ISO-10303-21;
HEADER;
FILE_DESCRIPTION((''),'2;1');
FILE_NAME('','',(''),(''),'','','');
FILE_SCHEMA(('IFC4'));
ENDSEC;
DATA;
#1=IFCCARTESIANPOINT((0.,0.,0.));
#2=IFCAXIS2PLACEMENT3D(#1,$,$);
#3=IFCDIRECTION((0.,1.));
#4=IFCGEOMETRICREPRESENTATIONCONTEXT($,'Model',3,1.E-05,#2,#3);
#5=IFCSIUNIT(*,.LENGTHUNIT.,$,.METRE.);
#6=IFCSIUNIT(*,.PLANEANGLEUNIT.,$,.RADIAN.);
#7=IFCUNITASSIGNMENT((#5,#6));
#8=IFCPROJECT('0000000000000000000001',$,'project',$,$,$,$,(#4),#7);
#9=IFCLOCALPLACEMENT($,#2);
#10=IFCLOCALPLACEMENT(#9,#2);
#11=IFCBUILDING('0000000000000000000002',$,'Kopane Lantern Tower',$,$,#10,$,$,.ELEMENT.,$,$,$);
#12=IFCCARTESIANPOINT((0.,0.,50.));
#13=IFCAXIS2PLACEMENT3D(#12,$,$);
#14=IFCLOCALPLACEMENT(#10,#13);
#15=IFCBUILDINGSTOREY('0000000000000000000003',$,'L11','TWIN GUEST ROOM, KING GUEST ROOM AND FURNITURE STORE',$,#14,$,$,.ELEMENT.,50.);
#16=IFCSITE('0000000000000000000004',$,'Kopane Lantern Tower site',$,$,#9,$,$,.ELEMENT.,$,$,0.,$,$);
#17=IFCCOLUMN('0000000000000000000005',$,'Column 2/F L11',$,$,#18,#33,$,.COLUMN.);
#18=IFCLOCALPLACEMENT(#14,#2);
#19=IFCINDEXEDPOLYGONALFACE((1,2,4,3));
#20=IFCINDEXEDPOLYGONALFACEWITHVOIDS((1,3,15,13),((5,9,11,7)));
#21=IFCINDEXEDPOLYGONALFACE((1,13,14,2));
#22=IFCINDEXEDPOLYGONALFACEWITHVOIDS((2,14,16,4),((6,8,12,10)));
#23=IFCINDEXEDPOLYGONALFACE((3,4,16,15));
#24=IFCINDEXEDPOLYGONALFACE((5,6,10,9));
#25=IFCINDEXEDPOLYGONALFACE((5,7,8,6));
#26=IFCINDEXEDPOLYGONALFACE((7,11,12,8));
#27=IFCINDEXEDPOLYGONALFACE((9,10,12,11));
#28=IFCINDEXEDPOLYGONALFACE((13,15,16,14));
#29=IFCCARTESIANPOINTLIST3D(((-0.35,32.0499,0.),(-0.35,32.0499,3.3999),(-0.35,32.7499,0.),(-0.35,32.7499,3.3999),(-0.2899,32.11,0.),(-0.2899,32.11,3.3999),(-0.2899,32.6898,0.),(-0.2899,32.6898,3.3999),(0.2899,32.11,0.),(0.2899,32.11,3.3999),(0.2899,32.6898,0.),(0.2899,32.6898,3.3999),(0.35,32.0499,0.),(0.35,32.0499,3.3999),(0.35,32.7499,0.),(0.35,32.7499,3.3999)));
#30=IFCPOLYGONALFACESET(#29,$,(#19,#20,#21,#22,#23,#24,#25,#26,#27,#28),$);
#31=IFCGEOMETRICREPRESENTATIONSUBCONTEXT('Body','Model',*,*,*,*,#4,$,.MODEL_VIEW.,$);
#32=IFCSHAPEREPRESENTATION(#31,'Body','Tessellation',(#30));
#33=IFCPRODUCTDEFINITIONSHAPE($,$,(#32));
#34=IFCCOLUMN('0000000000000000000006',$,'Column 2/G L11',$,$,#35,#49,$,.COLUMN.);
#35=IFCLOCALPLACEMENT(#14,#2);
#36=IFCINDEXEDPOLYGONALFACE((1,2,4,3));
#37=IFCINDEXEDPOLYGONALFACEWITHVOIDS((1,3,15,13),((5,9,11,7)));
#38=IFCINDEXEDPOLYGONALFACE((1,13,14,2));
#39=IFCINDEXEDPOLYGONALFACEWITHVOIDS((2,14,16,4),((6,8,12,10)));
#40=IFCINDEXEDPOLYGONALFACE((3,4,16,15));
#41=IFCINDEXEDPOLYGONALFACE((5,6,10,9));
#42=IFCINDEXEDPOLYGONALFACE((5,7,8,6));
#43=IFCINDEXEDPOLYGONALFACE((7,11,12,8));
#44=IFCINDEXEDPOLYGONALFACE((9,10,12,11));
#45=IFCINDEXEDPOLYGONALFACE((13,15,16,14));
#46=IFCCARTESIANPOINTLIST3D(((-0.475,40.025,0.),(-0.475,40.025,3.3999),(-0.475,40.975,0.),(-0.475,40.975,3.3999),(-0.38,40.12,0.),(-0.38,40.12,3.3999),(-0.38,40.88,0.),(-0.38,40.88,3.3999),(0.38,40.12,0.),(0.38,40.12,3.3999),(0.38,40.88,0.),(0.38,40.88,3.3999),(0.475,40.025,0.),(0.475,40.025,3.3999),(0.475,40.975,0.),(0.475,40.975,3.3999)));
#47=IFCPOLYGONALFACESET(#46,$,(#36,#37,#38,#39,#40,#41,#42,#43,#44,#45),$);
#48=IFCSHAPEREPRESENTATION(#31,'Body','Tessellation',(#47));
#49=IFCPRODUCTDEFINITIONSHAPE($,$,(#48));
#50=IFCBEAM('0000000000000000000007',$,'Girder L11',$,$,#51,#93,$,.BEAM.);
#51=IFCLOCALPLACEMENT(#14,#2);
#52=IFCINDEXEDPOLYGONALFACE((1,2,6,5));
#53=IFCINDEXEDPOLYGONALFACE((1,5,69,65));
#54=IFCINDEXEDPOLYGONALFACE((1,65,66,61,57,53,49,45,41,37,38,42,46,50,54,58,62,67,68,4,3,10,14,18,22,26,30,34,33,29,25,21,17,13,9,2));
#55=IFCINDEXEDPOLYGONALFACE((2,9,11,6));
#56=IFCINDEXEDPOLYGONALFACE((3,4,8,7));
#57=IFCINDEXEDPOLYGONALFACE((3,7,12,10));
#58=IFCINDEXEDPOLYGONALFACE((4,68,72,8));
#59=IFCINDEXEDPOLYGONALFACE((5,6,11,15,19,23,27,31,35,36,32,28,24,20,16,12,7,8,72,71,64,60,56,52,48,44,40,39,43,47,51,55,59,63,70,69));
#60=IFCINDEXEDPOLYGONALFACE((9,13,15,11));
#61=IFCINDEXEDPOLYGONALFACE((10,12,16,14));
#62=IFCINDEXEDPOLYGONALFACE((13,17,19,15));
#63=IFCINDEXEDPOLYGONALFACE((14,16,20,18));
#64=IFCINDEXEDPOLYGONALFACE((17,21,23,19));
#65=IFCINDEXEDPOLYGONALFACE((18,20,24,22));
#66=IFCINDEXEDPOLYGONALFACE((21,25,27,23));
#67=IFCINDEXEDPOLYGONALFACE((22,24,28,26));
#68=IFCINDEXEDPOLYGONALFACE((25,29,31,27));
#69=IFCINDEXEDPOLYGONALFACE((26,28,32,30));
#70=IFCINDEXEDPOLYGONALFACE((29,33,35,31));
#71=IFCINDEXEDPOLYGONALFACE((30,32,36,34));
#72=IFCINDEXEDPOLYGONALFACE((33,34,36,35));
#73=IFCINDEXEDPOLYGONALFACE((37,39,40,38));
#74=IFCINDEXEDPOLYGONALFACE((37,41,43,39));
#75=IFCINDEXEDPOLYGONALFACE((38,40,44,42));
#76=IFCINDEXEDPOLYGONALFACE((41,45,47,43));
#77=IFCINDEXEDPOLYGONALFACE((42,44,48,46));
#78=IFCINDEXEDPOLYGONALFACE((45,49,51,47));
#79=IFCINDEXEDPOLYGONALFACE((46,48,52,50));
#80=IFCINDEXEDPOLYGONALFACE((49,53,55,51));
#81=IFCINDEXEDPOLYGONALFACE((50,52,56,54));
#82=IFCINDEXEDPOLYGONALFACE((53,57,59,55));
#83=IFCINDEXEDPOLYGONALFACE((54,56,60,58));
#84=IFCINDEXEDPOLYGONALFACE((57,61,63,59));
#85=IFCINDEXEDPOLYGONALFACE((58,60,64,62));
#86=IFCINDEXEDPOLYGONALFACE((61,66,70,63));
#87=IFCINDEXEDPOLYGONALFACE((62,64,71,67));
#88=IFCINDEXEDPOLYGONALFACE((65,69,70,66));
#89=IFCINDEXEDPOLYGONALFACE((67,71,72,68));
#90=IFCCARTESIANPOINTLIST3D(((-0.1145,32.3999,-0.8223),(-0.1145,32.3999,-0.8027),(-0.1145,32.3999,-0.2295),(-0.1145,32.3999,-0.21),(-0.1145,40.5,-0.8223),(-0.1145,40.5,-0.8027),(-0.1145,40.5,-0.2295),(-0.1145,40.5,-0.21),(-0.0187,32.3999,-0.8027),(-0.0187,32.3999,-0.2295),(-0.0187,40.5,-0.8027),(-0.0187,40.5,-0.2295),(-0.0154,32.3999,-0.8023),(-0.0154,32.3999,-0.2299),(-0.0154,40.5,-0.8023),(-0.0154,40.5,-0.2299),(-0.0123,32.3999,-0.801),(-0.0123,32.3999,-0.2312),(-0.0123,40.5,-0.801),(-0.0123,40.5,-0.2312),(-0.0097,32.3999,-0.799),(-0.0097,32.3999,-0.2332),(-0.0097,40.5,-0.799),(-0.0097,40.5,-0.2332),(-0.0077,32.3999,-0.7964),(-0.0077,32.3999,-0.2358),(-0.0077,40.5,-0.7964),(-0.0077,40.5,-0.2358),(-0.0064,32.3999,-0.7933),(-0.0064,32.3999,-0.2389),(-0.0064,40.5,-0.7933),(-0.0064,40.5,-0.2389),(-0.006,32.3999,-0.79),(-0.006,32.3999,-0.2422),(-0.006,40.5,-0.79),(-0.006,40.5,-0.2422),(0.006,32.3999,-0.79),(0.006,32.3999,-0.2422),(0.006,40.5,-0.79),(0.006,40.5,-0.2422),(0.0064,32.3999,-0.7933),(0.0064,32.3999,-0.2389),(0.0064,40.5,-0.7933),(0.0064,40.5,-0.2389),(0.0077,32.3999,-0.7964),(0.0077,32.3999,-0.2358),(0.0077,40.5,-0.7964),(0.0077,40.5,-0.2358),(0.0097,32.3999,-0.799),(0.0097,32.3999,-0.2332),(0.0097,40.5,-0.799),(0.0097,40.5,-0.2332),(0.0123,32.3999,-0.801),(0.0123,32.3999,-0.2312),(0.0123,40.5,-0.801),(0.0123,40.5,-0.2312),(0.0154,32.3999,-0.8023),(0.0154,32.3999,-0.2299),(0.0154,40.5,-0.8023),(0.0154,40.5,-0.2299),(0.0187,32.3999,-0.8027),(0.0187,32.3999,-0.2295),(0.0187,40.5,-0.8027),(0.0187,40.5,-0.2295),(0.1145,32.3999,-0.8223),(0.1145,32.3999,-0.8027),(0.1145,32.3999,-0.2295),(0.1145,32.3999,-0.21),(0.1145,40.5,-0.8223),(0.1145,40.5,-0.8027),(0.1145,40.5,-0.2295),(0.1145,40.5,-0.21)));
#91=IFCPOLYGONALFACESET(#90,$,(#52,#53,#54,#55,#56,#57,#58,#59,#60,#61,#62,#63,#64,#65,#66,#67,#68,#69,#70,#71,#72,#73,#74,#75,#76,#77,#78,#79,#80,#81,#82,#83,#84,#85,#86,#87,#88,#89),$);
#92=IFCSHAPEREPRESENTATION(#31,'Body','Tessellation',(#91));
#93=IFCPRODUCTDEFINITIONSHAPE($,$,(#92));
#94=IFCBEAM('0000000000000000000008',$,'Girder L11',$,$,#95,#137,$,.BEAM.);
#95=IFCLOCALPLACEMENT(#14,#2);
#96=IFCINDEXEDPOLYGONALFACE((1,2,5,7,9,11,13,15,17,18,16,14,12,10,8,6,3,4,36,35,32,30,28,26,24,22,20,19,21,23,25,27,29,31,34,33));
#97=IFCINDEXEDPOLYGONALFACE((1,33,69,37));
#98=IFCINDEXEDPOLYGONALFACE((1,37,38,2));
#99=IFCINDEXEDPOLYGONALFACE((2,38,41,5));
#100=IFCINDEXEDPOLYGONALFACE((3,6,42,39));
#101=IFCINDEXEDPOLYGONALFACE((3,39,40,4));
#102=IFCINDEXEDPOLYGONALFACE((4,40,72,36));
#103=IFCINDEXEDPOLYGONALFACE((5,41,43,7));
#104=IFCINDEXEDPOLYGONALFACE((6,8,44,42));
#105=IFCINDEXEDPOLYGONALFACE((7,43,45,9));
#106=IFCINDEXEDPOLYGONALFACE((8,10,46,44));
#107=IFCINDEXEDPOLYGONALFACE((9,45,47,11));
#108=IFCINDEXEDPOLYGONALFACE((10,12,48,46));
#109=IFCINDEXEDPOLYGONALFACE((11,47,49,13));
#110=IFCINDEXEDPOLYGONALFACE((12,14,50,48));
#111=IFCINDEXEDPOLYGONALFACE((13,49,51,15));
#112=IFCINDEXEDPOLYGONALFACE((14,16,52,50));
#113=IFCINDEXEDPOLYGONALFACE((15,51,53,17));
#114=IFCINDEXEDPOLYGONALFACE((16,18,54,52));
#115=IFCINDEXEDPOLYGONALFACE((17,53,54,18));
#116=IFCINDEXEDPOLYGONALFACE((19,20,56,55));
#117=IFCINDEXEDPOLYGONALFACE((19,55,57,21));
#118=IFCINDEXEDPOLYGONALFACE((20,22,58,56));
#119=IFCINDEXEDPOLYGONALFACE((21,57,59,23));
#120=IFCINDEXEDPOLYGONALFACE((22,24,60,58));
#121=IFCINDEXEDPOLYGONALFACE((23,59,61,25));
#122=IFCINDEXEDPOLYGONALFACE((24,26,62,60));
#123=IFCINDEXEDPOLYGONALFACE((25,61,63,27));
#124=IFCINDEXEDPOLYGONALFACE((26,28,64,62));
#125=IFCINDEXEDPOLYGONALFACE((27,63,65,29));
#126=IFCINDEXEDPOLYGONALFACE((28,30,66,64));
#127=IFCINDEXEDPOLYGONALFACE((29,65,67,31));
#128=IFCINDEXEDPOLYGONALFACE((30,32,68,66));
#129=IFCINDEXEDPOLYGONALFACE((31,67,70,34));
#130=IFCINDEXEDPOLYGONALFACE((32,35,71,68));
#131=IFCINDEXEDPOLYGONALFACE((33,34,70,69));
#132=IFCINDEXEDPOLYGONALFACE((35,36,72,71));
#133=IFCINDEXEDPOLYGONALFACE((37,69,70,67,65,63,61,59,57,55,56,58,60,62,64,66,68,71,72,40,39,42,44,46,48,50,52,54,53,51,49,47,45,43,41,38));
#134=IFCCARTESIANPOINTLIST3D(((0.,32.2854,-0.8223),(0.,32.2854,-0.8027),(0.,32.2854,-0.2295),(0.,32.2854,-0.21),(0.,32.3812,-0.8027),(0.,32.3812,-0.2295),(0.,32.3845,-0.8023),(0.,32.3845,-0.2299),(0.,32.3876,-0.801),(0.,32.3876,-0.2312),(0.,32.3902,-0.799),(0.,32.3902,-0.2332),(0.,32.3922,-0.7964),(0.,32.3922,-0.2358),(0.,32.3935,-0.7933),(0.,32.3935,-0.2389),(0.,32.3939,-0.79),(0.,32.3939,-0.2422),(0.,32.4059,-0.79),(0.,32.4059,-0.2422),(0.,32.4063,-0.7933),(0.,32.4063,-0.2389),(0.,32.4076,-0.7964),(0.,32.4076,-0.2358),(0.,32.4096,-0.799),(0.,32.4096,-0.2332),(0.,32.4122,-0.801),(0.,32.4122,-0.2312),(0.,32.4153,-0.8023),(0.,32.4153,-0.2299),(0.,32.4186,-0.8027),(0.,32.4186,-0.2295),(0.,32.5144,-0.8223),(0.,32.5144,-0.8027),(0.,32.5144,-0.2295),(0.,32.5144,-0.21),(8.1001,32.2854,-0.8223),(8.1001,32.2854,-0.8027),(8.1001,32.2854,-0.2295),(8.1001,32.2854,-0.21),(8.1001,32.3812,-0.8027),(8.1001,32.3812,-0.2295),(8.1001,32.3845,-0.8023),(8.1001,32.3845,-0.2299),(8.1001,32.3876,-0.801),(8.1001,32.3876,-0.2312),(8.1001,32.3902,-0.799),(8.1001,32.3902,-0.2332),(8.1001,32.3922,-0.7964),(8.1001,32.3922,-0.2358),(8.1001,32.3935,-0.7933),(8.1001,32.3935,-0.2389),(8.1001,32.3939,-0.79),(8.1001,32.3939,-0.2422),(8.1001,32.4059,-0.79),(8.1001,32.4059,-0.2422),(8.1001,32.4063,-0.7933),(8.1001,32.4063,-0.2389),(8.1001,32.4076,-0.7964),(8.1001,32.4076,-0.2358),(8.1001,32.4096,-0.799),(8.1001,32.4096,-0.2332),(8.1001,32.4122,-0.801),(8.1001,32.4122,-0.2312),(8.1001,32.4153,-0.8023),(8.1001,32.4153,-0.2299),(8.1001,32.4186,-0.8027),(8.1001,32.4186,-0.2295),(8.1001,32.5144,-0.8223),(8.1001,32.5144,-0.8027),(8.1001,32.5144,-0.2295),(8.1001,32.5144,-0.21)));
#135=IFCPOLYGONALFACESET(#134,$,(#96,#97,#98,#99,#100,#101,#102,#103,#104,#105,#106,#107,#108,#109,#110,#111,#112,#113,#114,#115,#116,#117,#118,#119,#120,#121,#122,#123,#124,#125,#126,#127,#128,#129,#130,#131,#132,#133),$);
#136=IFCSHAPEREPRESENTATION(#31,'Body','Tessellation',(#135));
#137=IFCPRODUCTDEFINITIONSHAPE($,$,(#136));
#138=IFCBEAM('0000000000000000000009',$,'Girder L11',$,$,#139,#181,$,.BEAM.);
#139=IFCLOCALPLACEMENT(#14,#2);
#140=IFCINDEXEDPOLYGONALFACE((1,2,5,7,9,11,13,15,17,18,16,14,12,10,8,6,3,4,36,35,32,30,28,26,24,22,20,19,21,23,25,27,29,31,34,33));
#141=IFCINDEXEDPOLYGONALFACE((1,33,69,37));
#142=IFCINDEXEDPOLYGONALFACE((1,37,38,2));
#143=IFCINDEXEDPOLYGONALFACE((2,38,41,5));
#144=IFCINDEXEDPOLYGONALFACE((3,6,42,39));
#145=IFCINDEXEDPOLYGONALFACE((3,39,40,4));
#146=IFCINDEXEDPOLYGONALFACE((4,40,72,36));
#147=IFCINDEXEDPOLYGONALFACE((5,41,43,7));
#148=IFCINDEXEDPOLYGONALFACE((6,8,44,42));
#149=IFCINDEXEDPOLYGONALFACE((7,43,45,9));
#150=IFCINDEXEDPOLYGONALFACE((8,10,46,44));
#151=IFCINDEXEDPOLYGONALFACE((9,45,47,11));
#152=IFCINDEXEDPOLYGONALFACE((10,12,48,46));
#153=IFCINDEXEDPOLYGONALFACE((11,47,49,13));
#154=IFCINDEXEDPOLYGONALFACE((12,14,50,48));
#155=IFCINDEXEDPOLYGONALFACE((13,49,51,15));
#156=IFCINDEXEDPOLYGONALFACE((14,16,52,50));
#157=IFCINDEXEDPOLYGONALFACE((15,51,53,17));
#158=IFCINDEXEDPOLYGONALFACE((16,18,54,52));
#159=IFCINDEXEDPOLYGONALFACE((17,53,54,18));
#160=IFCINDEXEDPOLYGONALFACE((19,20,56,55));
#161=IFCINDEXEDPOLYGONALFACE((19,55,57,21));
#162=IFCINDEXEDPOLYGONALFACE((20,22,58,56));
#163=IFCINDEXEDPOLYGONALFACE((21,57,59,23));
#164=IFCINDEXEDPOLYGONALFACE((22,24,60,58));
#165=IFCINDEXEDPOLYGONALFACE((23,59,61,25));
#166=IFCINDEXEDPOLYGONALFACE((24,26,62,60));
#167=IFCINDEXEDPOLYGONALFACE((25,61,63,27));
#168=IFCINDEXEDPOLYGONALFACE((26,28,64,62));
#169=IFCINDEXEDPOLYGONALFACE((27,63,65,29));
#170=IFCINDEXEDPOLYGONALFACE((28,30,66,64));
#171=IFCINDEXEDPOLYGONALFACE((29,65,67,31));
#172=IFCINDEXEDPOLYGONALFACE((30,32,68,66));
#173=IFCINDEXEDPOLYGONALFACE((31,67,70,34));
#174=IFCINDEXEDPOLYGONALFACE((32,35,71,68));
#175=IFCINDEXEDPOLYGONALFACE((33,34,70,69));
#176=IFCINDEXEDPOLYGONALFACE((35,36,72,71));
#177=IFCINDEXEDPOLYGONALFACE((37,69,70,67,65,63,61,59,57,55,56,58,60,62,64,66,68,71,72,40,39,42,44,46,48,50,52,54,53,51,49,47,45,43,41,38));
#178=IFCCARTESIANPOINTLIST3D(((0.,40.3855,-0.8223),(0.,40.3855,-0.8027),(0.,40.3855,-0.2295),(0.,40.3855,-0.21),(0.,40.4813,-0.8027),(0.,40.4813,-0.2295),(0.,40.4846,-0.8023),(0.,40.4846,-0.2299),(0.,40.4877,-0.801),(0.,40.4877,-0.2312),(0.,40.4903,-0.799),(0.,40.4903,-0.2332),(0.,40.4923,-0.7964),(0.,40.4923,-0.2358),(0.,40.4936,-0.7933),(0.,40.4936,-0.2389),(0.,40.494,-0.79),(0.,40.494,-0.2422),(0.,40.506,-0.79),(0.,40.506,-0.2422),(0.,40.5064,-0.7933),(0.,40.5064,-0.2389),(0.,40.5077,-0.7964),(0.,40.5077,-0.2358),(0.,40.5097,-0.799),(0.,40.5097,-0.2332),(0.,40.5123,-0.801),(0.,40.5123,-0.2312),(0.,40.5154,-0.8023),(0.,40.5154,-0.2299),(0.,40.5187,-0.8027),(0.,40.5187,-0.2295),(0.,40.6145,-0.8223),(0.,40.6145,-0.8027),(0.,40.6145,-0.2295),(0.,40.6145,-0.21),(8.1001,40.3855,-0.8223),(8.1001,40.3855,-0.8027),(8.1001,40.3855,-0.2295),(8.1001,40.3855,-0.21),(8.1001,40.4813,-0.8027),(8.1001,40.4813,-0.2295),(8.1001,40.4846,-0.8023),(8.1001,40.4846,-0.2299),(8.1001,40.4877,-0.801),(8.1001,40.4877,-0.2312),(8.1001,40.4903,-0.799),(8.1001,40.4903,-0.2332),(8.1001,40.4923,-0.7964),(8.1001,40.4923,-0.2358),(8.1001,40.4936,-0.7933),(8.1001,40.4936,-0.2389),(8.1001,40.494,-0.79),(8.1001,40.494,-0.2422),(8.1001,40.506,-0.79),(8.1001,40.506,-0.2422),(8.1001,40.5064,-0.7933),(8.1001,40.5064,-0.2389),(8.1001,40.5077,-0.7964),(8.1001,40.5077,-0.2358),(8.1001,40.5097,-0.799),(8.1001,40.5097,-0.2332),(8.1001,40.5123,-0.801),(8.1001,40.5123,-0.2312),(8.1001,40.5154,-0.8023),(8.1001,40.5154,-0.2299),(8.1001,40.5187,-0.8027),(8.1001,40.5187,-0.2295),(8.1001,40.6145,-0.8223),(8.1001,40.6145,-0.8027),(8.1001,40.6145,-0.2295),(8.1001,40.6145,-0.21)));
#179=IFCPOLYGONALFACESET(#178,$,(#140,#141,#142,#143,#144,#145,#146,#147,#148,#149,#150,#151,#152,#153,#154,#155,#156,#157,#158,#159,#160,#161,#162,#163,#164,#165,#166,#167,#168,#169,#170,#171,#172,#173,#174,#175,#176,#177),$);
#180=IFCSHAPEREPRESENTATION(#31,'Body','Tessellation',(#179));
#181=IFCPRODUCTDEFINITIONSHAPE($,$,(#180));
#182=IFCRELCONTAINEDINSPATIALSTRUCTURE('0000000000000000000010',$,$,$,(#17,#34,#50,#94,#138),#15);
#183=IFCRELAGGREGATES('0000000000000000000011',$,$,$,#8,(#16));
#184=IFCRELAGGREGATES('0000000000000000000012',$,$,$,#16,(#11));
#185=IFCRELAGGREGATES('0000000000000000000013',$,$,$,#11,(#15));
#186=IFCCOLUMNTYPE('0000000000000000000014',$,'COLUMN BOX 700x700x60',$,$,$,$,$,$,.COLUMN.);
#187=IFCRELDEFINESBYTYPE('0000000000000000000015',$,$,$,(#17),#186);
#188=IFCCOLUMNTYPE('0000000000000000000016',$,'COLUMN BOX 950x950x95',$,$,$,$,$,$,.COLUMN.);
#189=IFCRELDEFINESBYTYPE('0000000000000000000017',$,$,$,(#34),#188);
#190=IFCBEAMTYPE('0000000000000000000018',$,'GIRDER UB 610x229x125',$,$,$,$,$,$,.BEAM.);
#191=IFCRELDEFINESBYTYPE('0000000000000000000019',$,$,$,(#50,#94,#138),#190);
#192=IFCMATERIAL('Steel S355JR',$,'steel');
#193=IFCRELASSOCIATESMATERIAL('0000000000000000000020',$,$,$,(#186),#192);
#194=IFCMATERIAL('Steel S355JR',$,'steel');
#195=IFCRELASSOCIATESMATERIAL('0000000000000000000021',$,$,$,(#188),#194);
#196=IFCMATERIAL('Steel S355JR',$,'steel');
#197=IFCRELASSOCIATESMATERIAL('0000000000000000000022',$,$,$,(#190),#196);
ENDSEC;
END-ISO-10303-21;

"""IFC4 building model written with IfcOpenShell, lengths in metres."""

from ifc_helpers import new_model, si_unit, direction, frame, origin, origin_2d, place, context, subcontext, project, spatial, hollow_rectangle, i_section, extrude, material, material_profile, profile_set, type_object, element, save


model = new_model("IFC4")

# Units and contexts
model_context = context("Model", 3, precision=1e-05, world=origin(), true_north=direction((0.0, 1.0)))
body_context = subcontext(model_context, "Body", "Model", "MODEL_VIEW")
ifc_project = project(units=[si_unit("LENGTHUNIT", "METRE"), si_unit("PLANEANGLEUNIT", "RADIAN")], contexts=[model_context])

# Site, building, storey
site_placement = place(None, origin())
site = spatial("IfcSite", under=ifc_project, at=site_placement, Name="Kopane Lantern Tower site", CompositionType="ELEMENT", RefElevation=0.0)
building_placement = place(site_placement, origin())
building = spatial("IfcBuilding", under=site, at=building_placement, Name="Kopane Lantern Tower", CompositionType="ELEMENT")
storey_placement = place(building_placement, frame((0.0, 0.0, 50.0)))
storey = spatial("IfcBuildingStorey", under=building, at=storey_placement, Name="L11", Description="TWIN GUEST ROOM, KING GUEST ROOM AND FURNITURE STORE", CompositionType="ELEMENT", Elevation=50.0)

# Columns
ifc_material_1 = material(Name="Steel S355JR", Category="steel")
ifc_material_profile_1 = material_profile(ifc_material_1, hollow_rectangle(XDim=0.7, YDim=0.7, WallThickness=0.0601, at=origin_2d()), Name="BOX 700x700x60")
ifc_profile_set_1 = profile_set([ifc_material_profile_1], Name="Steel S355JR")
column_type_1 = type_object("IfcColumnType", Name="COLUMN BOX 700x700x60", PredefinedType="COLUMN", material=ifc_profile_set_1)
column_1_placement = place(storey_placement, frame((0.0, 32.3999, 0.0), z_axis=(0.0, 0.0, 1.0), x_axis=(1.0, 0.0, 0.0)))
element("IfcColumn", 1, at=column_1_placement, inside=storey, type_object=column_type_1, Name="Column 2/F L11", PredefinedType="COLUMN", context=body_context, shape_type="SweptSolid", body=[
    extrude(hollow_rectangle(XDim=0.7, YDim=0.7, WallThickness=0.0601, at=origin_2d()), origin(), (0.0, 0.0, 1.0), 3.3999),
])
ifc_material_2 = material(Name="Steel S355JR", Category="steel")
ifc_material_profile_2 = material_profile(ifc_material_2, hollow_rectangle(XDim=0.95, YDim=0.95, WallThickness=0.095, at=origin_2d()), Name="BOX 950x950x95")
ifc_profile_set_2 = profile_set([ifc_material_profile_2], Name="Steel S355JR")
column_type_2 = type_object("IfcColumnType", Name="COLUMN BOX 950x950x95", PredefinedType="COLUMN", material=ifc_profile_set_2)
column_2_placement = place(storey_placement, frame((0.0, 40.5, 0.0), z_axis=(0.0, 0.0, 1.0), x_axis=(1.0, 0.0, 0.0)))
element("IfcColumn", 2, at=column_2_placement, inside=storey, type_object=column_type_2, Name="Column 2/G L11", PredefinedType="COLUMN", context=body_context, shape_type="SweptSolid", body=[
    extrude(hollow_rectangle(XDim=0.95, YDim=0.95, WallThickness=0.095, at=origin_2d()), origin(), (0.0, 0.0, 1.0), 3.3999),
])

# Beams
ifc_material_3 = material(Name="Steel S355JR", Category="steel")
ifc_material_profile_3 = material_profile(ifc_material_3, i_section(OverallWidth=0.229, OverallDepth=0.6123, WebThickness=0.012, FlangeThickness=0.0195, FilletRadius=0.0127, at=origin_2d()), Name="UB 610x229x125")
ifc_profile_set_3 = profile_set([ifc_material_profile_3], Name="Steel S355JR")
beam_type = type_object("IfcBeamType", Name="GIRDER UB 610x229x125", PredefinedType="BEAM", material=ifc_profile_set_3)
for number, where, z_axis, x_axis, name in (
    (3, (0.0, 32.3999, -0.5161), (0.0, 1.0, 0.0), (-1.0, 0.0, 0.0), "Girder L11"),
    (4, (0.0, 32.3999, -0.5161), (1.0, 0.0, 0.0), (0.0, 1.0, 0.0), "Girder L11"),
    (5, (0.0, 40.5, -0.5161), (1.0, 0.0, 0.0), (0.0, 1.0, 0.0), "Girder L11"),
):
    element("IfcBeam", number, at=place(storey_placement, frame(where, z_axis=z_axis, x_axis=x_axis)), inside=storey, type_object=beam_type, Name=name, PredefinedType="BEAM", context=body_context, shape_type="SweptSolid", body=[
        extrude(i_section(OverallWidth=0.229, OverallDepth=0.6123, WebThickness=0.012, FlangeThickness=0.0195, FilletRadius=0.0127, at=origin_2d()), origin(), (0.0, 0.0, 1.0), 8.1001),
    ])

save(model, "model.ifc")
